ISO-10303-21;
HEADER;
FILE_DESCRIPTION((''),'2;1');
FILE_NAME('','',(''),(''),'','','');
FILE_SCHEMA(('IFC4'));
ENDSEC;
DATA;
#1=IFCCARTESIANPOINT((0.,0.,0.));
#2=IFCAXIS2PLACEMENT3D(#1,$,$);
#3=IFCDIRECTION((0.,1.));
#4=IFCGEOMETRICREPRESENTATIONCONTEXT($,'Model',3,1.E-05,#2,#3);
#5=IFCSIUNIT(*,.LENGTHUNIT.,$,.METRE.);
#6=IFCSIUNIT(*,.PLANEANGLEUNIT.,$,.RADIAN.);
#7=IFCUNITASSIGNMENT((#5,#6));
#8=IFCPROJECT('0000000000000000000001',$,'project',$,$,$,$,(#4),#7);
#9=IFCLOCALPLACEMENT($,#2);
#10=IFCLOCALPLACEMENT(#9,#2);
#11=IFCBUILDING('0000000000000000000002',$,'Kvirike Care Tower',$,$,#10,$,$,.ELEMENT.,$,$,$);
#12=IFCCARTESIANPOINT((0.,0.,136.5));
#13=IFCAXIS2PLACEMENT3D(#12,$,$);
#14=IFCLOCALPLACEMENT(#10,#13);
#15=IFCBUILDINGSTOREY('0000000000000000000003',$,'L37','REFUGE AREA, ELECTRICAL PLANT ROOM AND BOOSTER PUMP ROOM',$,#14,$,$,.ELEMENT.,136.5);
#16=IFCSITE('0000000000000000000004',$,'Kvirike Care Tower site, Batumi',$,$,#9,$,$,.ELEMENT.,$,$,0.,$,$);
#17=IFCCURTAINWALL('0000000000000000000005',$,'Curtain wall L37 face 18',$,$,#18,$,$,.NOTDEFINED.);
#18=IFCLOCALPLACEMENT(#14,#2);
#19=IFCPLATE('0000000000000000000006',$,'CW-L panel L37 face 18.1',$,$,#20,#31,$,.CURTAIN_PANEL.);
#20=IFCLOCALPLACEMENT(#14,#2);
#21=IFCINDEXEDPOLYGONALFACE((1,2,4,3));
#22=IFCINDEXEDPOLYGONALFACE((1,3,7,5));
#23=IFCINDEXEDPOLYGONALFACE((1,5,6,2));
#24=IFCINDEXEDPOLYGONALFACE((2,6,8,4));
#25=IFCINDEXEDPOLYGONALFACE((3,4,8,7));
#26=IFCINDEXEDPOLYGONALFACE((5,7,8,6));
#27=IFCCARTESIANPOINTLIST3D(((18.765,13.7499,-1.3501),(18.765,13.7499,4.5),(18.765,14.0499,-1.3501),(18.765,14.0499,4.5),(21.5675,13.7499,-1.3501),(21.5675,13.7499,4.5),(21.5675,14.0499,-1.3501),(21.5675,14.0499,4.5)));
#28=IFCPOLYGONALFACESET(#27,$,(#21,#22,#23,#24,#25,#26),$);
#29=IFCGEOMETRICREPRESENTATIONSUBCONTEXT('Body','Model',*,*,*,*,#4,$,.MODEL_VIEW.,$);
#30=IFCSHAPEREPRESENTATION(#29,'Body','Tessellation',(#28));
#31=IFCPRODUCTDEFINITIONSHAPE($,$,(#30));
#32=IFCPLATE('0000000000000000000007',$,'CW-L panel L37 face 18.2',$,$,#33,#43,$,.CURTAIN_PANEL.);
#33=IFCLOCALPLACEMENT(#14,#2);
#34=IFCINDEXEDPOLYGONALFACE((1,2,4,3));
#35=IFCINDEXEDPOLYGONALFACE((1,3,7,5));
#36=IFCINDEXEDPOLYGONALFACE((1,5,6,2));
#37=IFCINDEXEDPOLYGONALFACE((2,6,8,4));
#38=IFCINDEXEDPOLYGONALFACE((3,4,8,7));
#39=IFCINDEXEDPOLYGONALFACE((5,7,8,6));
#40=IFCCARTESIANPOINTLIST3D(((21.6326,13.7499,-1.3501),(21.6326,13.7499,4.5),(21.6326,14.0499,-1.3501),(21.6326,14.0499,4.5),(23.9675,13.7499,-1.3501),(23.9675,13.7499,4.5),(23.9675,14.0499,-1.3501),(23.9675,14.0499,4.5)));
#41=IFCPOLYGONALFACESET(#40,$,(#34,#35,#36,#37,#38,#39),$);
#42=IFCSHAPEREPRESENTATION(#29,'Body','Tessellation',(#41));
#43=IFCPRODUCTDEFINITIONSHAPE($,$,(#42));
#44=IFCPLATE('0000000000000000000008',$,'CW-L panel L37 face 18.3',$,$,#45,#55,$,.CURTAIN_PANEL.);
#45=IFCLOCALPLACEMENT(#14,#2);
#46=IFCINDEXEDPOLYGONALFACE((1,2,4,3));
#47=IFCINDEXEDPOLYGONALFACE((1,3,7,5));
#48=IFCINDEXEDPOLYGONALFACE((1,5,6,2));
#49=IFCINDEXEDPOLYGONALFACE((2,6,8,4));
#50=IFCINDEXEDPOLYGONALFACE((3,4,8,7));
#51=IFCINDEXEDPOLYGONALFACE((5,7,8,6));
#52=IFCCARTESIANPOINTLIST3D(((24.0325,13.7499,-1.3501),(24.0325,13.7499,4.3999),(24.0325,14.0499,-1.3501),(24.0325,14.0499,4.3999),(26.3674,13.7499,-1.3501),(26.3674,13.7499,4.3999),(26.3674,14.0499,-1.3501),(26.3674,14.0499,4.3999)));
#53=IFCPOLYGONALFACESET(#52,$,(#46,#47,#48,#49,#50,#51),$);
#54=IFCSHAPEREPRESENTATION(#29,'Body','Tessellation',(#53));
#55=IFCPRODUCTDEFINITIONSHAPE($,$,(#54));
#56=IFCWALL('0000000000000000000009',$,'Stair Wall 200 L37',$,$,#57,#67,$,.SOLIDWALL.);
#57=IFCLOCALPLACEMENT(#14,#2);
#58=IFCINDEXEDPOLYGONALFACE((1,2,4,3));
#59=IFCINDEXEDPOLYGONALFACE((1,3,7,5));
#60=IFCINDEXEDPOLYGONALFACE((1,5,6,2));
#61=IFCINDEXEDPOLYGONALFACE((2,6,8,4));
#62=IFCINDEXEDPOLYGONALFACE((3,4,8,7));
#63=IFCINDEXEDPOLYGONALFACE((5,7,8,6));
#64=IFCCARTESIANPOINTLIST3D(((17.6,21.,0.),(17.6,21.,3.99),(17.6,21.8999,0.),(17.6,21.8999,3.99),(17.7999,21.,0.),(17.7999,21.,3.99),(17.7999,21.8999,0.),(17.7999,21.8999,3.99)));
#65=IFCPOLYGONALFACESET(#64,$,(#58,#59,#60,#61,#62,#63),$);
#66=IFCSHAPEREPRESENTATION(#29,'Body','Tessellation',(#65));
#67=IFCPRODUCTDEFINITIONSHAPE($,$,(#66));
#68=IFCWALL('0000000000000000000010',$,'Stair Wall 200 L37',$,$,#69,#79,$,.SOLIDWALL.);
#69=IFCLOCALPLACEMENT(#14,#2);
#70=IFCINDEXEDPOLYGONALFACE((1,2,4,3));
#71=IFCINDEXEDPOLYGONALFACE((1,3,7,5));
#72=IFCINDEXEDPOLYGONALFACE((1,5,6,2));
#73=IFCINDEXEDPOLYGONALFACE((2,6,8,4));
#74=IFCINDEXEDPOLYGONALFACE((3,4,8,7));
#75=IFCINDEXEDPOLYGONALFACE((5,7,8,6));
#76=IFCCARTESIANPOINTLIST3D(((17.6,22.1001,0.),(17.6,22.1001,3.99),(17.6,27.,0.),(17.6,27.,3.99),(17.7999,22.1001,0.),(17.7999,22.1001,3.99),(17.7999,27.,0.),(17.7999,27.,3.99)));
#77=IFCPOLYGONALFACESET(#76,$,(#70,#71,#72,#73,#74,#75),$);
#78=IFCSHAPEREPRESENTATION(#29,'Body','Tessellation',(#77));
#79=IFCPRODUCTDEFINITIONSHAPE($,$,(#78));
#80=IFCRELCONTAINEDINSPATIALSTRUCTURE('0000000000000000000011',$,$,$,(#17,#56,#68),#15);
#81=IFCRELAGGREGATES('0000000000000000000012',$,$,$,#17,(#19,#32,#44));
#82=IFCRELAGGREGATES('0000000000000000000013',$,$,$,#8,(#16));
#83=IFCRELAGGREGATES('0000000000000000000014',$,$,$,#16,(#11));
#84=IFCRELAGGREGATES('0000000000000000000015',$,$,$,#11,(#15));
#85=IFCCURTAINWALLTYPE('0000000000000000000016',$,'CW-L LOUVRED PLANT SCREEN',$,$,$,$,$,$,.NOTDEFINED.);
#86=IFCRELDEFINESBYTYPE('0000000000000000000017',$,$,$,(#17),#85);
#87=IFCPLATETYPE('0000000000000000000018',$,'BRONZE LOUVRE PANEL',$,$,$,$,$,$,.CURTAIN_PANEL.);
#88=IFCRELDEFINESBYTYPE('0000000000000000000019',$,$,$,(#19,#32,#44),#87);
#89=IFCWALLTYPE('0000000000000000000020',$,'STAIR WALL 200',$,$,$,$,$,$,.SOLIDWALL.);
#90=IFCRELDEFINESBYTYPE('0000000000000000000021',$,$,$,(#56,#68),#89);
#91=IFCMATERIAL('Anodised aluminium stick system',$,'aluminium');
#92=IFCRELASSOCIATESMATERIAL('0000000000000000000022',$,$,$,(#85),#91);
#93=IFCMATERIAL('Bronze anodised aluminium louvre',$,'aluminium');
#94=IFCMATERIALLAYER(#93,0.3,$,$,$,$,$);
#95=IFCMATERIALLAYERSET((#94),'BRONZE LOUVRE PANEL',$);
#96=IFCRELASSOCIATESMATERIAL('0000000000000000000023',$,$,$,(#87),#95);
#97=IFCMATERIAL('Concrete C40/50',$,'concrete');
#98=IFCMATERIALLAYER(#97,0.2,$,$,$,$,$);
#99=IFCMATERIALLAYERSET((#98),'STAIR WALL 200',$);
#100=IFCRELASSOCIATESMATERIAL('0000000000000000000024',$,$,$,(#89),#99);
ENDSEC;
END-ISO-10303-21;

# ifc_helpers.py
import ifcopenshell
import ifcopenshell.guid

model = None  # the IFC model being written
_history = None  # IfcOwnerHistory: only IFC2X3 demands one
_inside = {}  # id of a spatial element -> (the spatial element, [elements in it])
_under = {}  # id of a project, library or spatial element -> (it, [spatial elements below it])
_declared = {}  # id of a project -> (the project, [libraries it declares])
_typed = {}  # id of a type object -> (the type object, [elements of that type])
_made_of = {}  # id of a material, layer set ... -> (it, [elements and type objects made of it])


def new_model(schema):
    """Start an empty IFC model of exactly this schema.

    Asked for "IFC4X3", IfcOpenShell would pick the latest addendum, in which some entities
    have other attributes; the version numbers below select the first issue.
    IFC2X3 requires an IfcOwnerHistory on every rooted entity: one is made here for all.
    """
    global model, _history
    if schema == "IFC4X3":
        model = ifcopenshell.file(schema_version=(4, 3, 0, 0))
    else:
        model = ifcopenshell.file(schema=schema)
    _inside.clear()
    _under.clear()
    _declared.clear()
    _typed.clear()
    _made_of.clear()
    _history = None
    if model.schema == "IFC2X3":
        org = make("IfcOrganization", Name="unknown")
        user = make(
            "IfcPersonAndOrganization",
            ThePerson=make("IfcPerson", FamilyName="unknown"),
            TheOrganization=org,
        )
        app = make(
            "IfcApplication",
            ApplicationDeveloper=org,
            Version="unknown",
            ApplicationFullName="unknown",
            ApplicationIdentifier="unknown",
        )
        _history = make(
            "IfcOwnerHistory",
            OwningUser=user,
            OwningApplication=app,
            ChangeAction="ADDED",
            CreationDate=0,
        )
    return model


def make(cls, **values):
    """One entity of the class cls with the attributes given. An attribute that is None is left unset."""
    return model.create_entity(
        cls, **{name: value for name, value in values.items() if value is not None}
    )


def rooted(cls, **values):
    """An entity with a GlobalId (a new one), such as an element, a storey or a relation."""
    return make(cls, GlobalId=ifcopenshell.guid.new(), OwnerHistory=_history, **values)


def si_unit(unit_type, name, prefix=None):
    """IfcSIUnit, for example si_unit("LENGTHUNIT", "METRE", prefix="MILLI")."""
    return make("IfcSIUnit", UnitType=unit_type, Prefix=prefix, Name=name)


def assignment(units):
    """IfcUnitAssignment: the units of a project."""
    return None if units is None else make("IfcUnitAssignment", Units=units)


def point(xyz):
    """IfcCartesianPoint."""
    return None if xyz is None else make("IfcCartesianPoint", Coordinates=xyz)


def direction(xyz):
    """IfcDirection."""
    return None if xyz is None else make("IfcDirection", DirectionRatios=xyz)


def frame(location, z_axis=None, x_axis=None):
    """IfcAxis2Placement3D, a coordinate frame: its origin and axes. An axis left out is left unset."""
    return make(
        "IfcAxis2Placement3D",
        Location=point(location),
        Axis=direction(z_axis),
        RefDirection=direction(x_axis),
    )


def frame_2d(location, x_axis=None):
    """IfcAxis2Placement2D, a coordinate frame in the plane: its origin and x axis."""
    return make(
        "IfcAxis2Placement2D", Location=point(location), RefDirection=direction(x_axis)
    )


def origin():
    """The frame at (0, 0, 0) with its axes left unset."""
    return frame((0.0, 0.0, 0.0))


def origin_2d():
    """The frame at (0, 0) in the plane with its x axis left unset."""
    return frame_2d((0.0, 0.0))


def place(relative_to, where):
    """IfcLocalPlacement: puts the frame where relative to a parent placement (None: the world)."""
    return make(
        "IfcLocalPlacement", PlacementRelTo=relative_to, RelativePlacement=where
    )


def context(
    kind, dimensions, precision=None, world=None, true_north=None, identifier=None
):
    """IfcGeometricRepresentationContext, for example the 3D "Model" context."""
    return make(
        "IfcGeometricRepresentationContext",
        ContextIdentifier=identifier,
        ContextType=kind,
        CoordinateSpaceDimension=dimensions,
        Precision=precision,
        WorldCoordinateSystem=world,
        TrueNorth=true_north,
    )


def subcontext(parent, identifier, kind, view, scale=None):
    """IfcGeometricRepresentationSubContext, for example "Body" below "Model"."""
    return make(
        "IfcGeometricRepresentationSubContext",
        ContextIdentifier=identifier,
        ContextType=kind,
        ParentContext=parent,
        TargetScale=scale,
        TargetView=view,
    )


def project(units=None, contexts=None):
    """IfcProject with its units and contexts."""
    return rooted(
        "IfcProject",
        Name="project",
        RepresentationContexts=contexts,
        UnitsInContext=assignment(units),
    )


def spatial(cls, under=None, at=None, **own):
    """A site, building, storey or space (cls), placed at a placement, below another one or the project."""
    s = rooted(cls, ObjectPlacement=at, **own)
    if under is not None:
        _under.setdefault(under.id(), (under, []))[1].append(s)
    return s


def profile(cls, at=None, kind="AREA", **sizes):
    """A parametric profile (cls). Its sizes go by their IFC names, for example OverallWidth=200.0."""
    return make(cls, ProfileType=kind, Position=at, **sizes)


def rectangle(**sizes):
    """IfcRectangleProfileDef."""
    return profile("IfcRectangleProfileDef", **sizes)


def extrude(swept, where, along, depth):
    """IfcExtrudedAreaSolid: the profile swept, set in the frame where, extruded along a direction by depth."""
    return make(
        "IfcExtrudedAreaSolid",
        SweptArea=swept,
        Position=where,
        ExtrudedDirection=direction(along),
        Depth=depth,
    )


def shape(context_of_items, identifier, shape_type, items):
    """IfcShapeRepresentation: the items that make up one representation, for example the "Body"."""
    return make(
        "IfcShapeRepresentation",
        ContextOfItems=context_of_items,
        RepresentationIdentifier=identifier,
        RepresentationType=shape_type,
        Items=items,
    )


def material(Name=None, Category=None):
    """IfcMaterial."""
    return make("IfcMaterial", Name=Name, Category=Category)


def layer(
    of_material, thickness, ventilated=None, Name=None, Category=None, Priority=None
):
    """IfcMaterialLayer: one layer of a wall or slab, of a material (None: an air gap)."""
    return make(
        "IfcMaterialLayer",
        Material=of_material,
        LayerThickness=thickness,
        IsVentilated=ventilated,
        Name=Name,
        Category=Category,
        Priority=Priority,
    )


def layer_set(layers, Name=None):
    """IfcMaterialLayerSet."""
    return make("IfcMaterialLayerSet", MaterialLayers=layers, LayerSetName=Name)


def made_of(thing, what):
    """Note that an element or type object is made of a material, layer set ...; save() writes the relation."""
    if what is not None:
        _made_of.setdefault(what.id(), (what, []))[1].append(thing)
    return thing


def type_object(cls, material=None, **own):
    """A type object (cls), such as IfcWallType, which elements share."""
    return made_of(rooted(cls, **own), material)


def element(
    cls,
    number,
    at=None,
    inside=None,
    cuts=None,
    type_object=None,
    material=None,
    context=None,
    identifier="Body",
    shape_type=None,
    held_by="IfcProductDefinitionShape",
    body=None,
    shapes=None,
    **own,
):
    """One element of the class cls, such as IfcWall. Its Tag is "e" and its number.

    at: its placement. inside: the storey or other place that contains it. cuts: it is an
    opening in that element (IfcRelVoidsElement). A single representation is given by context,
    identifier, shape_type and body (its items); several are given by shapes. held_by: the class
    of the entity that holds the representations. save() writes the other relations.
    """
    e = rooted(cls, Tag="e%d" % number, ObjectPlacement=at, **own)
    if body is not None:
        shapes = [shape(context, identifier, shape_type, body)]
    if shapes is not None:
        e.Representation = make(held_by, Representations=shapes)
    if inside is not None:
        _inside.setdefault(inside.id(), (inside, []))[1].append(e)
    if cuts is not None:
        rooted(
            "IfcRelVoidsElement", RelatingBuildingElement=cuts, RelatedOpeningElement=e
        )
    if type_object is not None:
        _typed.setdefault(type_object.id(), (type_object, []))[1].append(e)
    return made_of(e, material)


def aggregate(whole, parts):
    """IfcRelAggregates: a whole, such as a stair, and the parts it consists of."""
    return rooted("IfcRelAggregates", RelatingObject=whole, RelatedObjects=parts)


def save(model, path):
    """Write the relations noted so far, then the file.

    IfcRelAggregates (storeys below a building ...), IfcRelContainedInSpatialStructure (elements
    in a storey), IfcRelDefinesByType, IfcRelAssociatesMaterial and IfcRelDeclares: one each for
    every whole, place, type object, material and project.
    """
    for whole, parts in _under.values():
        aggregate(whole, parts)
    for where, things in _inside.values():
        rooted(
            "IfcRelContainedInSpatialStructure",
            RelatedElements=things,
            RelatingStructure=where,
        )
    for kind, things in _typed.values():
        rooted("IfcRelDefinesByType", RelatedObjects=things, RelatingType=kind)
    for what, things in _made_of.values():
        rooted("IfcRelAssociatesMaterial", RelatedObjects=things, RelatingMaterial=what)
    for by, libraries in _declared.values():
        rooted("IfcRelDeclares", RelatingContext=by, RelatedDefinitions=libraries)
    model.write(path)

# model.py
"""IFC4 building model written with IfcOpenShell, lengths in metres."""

from ifc_helpers import new_model, si_unit, direction, frame, frame_2d, origin, origin_2d, place, context, subcontext, project, spatial, rectangle, extrude, material, layer, layer_set, type_object, element, aggregate, save


model = new_model("IFC4")

# Units and contexts
model_context = context("Model", 3, precision=1e-05, world=origin(), true_north=direction((0.0, 1.0)))
body_context = subcontext(model_context, "Body", "Model", "MODEL_VIEW")
ifc_project = project(units=[si_unit("LENGTHUNIT", "METRE"), si_unit("PLANEANGLEUNIT", "RADIAN")], contexts=[model_context])

# Site, building, storey
site_placement = place(None, origin())
site = spatial("IfcSite", under=ifc_project, at=site_placement, Name="Kvirike Care Tower site, Batumi", CompositionType="ELEMENT", RefElevation=0.0)
building_placement = place(site_placement, origin())
building = spatial("IfcBuilding", under=site, at=building_placement, Name="Kvirike Care Tower", CompositionType="ELEMENT")
storey_placement = place(building_placement, frame((0.0, 0.0, 136.5)))
storey = spatial("IfcBuildingStorey", under=building, at=storey_placement, Name="L37", Description="REFUGE AREA, ELECTRICAL PLANT ROOM AND BOOSTER PUMP ROOM", CompositionType="ELEMENT", Elevation=136.5)

# Shared definitions
ifc_material_1 = material(Name="Anodised aluminium stick system", Category="aluminium")
curtain_wall_type = type_object("IfcCurtainWallType", Name="CW-L LOUVRED PLANT SCREEN", PredefinedType="NOTDEFINED", material=ifc_material_1)

# Curtain wall
curtain_wall_1_placement = place(storey_placement, origin())
curtain_wall_1 = element("IfcCurtainWall", 1, at=curtain_wall_1_placement, inside=storey, type_object=curtain_wall_type, Name="Curtain wall L37 face 18", PredefinedType="NOTDEFINED")

# Plates
ifc_material_2 = material(Name="Bronze anodised aluminium louvre", Category="aluminium")
ifc_layer_1 = layer(ifc_material_2, 0.3)
ifc_layer_set_1 = layer_set([ifc_layer_1], Name="BRONZE LOUVRE PANEL")
plate_type = type_object("IfcPlateType", Name="BRONZE LOUVRE PANEL", PredefinedType="CURTAIN_PANEL", material=ifc_layer_set_1)
plate_1_placement = place(storey_placement, frame((20.1663, 13.8999, -1.3501), z_axis=(0.0, 0.0, 1.0), x_axis=(1.0, 0.0, 0.0)))
plate_1 = element("IfcPlate", 2, at=plate_1_placement, type_object=plate_type, Name="CW-L panel L37 face 18.1", PredefinedType="CURTAIN_PANEL", context=body_context, shape_type="SweptSolid", body=[
    extrude(rectangle(XDim=2.8025, YDim=0.3, at=origin_2d()), origin(), (0.0, 0.0, 1.0), 5.8501),
])
plate_2_placement = place(storey_placement, frame((22.8, 13.8999, -1.3501), z_axis=(0.0, 0.0, 1.0), x_axis=(1.0, 0.0, 0.0)))
plate_2 = element("IfcPlate", 3, at=plate_2_placement, type_object=plate_type, Name="CW-L panel L37 face 18.2", PredefinedType="CURTAIN_PANEL", context=body_context, shape_type="SweptSolid", body=[
    extrude(rectangle(XDim=2.335, YDim=0.3, at=origin_2d()), origin(), (0.0, 0.0, 1.0), 5.8501),
])
plate_3_placement = place(storey_placement, frame((25.2, 13.8999, -1.3501), z_axis=(0.0, 0.0, 1.0), x_axis=(1.0, 0.0, 0.0)))
plate_3 = element("IfcPlate", 4, at=plate_3_placement, type_object=plate_type, Name="CW-L panel L37 face 18.3", PredefinedType="CURTAIN_PANEL", context=body_context, shape_type="SweptSolid", body=[
    extrude(rectangle(XDim=2.335, YDim=0.3, at=origin_2d()), origin(), (0.0, 0.0, 1.0), 5.75),
])
aggregate(curtain_wall_1, [plate_1, plate_2, plate_3])

# Walls
ifc_material_3 = material(Name="Concrete C40/50", Category="concrete")
ifc_layer_2 = layer(ifc_material_3, 0.2)
ifc_layer_set_2 = layer_set([ifc_layer_2], Name="STAIR WALL 200")
wall_type = type_object("IfcWallType", Name="STAIR WALL 200", PredefinedType="SOLIDWALL", material=ifc_layer_set_2)
wall_1_placement = place(storey_placement, frame((17.7, 21.0, 0.0), z_axis=(0.0, 0.0, 1.0), x_axis=(0.0, 1.0, 0.0)))
element("IfcWall", 5, at=wall_1_placement, inside=storey, type_object=wall_type, Name="Stair Wall 200 L37", PredefinedType="SOLIDWALL", context=body_context, shape_type="SweptSolid", body=[
    extrude(rectangle(XDim=0.8999, YDim=0.2, at=frame_2d((0.45, 0.0))), origin(), (0.0, 0.0, 1.0), 3.99),
])
wall_2_placement = place(storey_placement, frame((17.7, 22.1001, 0.0), z_axis=(0.0, 0.0, 1.0), x_axis=(0.0, 1.0, 0.0)))
element("IfcWall", 6, at=wall_2_placement, inside=storey, type_object=wall_type, Name="Stair Wall 200 L37", PredefinedType="SOLIDWALL", context=body_context, shape_type="SweptSolid", body=[
    extrude(rectangle(XDim=4.8999, YDim=0.2, at=frame_2d((2.45, 0.0))), origin(), (0.0, 0.0, 1.0), 3.99),
])

save(model, "model.ifc")
